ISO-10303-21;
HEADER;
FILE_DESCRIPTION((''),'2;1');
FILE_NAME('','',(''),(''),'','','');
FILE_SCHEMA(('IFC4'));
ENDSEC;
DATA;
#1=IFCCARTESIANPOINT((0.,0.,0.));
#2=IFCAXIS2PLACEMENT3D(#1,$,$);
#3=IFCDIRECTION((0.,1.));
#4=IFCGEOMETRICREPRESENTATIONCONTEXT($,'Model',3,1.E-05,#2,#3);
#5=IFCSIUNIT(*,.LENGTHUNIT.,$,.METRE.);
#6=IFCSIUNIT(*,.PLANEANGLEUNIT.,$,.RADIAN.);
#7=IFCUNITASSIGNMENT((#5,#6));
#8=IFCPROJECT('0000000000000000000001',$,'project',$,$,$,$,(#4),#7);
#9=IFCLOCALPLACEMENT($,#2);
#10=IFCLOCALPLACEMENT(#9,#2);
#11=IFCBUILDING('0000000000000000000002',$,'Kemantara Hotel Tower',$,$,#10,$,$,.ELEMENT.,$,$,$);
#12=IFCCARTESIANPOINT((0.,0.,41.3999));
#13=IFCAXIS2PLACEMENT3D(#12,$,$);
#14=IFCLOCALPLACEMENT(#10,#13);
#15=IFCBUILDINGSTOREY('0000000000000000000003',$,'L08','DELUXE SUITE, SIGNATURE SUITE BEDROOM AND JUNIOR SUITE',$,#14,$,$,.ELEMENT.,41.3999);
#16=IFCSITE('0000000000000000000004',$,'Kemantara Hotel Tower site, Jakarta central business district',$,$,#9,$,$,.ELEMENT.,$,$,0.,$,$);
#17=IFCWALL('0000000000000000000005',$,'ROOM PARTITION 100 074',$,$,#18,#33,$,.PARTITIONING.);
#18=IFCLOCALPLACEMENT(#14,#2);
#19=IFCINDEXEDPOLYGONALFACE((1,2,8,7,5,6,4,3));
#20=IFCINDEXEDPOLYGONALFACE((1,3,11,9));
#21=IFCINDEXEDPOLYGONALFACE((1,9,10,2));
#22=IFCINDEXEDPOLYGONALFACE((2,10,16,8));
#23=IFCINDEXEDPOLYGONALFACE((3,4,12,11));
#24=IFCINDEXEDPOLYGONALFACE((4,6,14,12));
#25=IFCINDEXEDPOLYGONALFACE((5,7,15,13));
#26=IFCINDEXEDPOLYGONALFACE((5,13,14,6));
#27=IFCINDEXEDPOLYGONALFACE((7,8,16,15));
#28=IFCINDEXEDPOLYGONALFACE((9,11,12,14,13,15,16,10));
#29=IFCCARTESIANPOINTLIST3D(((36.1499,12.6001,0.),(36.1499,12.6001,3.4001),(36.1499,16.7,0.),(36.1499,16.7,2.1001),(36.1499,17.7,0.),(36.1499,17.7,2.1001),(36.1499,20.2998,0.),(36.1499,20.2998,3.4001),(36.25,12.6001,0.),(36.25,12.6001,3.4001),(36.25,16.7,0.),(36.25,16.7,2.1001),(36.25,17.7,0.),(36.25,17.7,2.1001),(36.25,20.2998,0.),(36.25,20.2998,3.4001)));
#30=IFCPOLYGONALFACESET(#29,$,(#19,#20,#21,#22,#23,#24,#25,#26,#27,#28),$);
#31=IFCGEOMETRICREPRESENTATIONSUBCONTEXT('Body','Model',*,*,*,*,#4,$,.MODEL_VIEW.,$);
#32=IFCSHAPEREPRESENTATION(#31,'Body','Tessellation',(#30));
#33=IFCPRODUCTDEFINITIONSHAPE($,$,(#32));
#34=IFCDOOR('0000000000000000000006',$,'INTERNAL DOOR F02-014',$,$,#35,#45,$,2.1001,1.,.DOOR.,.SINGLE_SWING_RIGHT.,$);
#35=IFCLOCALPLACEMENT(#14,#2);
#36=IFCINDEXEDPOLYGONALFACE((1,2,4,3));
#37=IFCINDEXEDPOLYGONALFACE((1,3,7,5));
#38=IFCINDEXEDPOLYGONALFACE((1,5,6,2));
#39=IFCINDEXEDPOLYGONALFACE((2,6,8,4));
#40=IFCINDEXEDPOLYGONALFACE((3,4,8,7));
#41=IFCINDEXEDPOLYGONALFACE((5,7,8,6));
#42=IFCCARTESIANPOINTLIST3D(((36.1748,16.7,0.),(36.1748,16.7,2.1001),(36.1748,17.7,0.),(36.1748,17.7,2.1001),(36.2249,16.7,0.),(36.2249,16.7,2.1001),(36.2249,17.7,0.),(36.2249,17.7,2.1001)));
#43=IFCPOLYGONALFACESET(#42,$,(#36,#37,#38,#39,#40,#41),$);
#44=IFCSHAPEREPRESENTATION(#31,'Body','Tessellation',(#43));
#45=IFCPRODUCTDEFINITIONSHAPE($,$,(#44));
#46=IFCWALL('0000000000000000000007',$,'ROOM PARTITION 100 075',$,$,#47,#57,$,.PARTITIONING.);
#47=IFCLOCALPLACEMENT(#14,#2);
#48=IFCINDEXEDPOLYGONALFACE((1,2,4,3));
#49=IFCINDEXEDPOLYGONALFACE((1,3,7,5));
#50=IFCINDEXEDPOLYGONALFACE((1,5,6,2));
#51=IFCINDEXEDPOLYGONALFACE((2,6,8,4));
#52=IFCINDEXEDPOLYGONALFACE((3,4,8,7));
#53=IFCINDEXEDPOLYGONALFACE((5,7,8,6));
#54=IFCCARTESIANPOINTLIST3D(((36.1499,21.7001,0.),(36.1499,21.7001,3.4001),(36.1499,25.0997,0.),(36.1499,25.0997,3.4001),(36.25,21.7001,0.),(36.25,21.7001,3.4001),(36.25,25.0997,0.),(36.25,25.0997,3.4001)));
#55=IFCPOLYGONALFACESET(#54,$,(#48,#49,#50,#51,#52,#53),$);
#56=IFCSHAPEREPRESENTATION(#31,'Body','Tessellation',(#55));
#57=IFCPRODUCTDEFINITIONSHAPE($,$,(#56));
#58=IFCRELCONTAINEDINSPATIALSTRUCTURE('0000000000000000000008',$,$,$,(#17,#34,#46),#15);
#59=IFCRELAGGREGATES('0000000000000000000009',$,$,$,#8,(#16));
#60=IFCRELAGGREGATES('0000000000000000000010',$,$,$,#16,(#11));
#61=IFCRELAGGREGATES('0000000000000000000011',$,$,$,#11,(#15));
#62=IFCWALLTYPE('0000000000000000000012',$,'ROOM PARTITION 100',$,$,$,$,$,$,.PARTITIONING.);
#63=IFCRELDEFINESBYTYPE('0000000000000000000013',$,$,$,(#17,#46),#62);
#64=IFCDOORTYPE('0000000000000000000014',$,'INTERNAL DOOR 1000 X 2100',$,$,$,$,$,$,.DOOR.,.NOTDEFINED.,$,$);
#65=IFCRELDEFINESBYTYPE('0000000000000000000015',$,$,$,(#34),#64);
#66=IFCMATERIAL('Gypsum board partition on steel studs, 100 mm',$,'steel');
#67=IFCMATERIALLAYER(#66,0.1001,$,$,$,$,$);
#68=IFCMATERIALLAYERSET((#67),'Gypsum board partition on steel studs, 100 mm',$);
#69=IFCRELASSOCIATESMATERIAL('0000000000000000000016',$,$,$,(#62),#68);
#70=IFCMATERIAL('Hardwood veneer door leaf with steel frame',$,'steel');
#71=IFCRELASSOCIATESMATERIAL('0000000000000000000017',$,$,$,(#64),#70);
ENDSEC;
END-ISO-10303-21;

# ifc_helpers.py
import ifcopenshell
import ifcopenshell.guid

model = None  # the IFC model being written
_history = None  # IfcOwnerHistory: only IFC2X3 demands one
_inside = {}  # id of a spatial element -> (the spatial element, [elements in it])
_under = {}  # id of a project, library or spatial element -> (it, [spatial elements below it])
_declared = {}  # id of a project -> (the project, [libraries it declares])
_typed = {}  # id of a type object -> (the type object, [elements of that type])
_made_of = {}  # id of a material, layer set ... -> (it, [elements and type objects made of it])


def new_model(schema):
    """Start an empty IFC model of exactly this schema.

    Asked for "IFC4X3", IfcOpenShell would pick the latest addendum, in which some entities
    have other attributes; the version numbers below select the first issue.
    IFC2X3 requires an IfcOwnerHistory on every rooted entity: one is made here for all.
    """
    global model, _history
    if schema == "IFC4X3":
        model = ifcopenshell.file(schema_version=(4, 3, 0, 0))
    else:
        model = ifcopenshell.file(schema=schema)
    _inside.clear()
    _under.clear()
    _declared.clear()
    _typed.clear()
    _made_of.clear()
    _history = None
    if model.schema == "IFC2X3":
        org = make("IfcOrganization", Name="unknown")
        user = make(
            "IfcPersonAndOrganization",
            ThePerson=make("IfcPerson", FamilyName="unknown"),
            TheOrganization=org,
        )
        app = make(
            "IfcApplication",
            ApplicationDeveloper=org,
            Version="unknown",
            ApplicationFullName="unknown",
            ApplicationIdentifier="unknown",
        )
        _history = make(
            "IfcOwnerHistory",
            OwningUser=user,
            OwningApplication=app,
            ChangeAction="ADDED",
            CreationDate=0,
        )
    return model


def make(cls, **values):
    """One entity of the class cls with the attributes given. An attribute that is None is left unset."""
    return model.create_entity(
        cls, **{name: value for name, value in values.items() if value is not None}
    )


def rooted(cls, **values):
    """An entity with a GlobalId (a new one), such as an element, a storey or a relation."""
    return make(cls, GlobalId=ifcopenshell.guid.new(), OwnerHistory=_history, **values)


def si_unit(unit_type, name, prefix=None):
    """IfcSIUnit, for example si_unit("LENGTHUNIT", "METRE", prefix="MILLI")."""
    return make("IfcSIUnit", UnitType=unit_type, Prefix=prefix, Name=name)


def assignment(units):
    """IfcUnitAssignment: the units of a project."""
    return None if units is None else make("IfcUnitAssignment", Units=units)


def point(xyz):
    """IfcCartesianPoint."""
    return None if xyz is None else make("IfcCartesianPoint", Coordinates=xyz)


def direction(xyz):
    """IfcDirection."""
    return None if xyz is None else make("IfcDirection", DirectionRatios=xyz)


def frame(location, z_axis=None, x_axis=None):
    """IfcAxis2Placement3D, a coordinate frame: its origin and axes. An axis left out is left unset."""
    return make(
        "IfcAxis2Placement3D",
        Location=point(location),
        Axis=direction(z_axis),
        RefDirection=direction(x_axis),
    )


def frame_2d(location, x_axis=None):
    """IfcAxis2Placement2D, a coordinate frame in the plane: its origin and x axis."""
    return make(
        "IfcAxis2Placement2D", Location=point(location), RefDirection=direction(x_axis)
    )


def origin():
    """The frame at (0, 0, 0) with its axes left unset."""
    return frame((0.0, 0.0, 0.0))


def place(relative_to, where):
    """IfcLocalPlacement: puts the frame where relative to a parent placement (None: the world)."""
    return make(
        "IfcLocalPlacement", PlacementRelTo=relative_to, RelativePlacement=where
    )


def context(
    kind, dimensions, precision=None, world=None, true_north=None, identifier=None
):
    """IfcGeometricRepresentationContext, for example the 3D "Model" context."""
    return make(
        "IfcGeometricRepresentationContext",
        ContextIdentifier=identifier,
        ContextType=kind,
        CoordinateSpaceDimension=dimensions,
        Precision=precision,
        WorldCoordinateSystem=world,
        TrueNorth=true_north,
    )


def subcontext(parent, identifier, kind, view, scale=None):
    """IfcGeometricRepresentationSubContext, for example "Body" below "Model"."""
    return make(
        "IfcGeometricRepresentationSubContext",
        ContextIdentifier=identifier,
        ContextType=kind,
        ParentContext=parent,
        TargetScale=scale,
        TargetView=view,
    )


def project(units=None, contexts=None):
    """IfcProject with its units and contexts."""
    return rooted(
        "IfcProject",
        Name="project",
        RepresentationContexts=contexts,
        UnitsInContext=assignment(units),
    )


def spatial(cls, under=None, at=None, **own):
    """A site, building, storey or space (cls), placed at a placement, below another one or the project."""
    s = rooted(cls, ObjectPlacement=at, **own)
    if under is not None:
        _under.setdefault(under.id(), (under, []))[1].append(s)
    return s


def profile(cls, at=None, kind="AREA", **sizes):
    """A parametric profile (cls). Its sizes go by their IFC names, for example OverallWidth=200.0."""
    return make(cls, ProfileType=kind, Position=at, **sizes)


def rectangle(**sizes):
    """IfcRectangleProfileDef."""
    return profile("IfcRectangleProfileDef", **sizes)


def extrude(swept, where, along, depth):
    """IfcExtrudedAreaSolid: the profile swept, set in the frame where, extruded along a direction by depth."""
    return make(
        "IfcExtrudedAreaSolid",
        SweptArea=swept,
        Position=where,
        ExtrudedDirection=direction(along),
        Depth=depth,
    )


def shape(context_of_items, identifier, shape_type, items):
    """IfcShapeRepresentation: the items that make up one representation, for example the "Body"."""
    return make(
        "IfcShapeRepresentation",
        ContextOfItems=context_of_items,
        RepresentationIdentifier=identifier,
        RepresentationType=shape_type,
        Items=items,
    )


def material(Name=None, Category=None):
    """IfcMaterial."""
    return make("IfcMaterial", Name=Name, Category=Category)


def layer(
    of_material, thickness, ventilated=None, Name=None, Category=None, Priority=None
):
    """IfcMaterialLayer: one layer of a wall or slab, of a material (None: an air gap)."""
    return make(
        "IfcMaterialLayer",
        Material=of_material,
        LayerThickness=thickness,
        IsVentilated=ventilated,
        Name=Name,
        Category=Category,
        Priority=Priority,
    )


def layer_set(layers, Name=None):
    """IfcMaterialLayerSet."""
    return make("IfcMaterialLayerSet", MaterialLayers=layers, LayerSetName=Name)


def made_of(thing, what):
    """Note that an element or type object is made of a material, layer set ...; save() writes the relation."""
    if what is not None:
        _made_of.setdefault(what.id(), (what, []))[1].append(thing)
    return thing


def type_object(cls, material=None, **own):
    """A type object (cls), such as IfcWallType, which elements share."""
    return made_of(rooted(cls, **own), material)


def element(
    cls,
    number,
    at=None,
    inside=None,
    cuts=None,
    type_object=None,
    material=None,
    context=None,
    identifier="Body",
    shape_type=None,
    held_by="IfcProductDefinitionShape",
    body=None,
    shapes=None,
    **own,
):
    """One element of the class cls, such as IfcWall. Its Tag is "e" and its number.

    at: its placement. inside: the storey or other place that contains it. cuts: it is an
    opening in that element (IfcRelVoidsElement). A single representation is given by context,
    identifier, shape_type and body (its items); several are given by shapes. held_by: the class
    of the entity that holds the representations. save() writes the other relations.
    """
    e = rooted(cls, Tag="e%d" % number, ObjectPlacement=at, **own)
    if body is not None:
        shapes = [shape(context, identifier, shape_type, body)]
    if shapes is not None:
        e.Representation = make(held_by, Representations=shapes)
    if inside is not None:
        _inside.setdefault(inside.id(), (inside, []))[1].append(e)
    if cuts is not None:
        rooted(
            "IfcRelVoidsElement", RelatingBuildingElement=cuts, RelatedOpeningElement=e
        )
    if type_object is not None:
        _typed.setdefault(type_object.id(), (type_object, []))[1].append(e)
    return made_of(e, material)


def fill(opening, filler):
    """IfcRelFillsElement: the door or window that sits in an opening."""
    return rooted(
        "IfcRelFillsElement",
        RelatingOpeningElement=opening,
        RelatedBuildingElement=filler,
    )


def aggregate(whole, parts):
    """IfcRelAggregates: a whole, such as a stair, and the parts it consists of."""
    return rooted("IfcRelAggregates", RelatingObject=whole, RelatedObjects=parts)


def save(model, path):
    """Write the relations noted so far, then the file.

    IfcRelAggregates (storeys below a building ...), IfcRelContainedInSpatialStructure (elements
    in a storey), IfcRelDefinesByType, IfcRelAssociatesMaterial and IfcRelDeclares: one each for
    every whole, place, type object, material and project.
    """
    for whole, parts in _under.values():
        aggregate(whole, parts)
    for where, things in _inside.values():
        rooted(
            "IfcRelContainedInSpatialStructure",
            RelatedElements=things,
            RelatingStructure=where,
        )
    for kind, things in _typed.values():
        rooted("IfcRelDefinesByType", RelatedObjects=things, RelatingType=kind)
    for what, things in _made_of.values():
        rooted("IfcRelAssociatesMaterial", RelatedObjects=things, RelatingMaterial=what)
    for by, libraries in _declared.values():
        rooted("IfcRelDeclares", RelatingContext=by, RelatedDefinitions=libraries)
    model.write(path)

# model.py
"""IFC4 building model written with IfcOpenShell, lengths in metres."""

from ifc_helpers import new_model, si_unit, direction, frame, frame_2d, origin, place, context, subcontext, project, spatial, rectangle, extrude, material, layer, layer_set, type_object, element, fill, save


model = new_model("IFC4")

# Units and contexts
model_context = context("Model", 3, precision=1e-05, world=origin(), true_north=direction((0.0, 1.0)))
body_context = subcontext(model_context, "Body", "Model", "MODEL_VIEW")
ifc_project = project(units=[si_unit("LENGTHUNIT", "METRE"), si_unit("PLANEANGLEUNIT", "RADIAN")], contexts=[model_context])

# Site, building, storey
site_placement = place(None, origin())
site = spatial("IfcSite", under=ifc_project, at=site_placement, Name="Kemantara Hotel Tower site, Jakarta central business district", CompositionType="ELEMENT", RefElevation=0.0)
building_placement = place(site_placement, origin())
building = spatial("IfcBuilding", under=site, at=building_placement, Name="Kemantara Hotel Tower", CompositionType="ELEMENT")
storey_placement = place(building_placement, frame((0.0, 0.0, 41.3999)))
storey = spatial("IfcBuildingStorey", under=building, at=storey_placement, Name="L08", Description="DELUXE SUITE, SIGNATURE SUITE BEDROOM AND JUNIOR SUITE", CompositionType="ELEMENT", Elevation=41.3999)

# Shared definitions
ifc_material_1 = material(Name="Gypsum board partition on steel studs, 100 mm", Category="steel")
ifc_layer_1 = layer(ifc_material_1, 0.1001)
ifc_layer_set_1 = layer_set([ifc_layer_1], Name="Gypsum board partition on steel studs, 100 mm")
wall_type_1 = type_object("IfcWallType", Name="ROOM PARTITION 100", PredefinedType="PARTITIONING", material=ifc_layer_set_1)
ifc_material_2 = material(Name="Hardwood veneer door leaf with steel frame", Category="steel")

# Wall, opening, door
wall_1_placement = place(storey_placement, frame((36.2, 20.2998, 0.0), z_axis=(0.0, 0.0, 1.0), x_axis=(0.0, -1.0, 0.0)))
wall_1 = element("IfcWall", 1, at=wall_1_placement, inside=storey, type_object=wall_type_1, Name="ROOM PARTITION 100 074", PredefinedType="PARTITIONING", context=body_context, shape_type="SweptSolid", body=[
    extrude(rectangle(XDim=7.6997, YDim=0.1001, at=frame_2d((3.8499, 0.0))), origin(), (0.0, 0.0, 1.0), 3.4001),
])
opening_1_placement = place(wall_1_placement, frame((2.5999, 0.0, 0.0)))
opening_1 = element("IfcOpeningElement", 2, at=opening_1_placement, cuts=wall_1, PredefinedType="OPENING", context=body_context, shape_type="SweptSolid", body=[
    extrude(rectangle(XDim=1.0, YDim=2.1001, at=frame_2d((0.5, 1.05))), frame((0.0, 0.0601, 0.0), z_axis=(0.0, -1.0, 0.0), x_axis=(1.0, 0.0, 0.0)), (0.0, 0.0, 1.0), 0.1201),
])
door_type_1 = type_object("IfcDoorType", Name="INTERNAL DOOR 1000 X 2100", OperationType="NOTDEFINED", PredefinedType="DOOR", material=ifc_material_2)
door_1_placement = place(opening_1_placement, origin())
door_1 = element("IfcDoor", 3, at=door_1_placement, inside=storey, type_object=door_type_1, Name="INTERNAL DOOR F02-014", OperationType="SINGLE_SWING_RIGHT", OverallHeight=2.1001, OverallWidth=1.0, PredefinedType="DOOR", context=body_context, shape_type="SweptSolid", body=[
    extrude(rectangle(XDim=1.0, YDim=2.1001, at=frame_2d((0.5, 1.05))), frame((0.0, 0.0249, 0.0), z_axis=(0.0, -1.0, 0.0), x_axis=(1.0, 0.0, 0.0)), (0.0, 0.0, 1.0), 0.05),
])
fill(opening_1, door_1)

# Wall
wall_2_placement = place(storey_placement, frame((36.2, 21.7002, 0.0), z_axis=(0.0, 0.0, 1.0), x_axis=(0.0, 1.0, 0.0)))
element("IfcWall", 4, at=wall_2_placement, inside=storey, type_object=wall_type_1, Name="ROOM PARTITION 100 075", PredefinedType="PARTITIONING", context=body_context, shape_type="SweptSolid", body=[
    extrude(rectangle(XDim=3.3997, YDim=0.1001, at=frame_2d((1.6997, 0.0))), origin(), (0.0, 0.0, 1.0), 3.4001),
])

save(model, "model.ifc")
